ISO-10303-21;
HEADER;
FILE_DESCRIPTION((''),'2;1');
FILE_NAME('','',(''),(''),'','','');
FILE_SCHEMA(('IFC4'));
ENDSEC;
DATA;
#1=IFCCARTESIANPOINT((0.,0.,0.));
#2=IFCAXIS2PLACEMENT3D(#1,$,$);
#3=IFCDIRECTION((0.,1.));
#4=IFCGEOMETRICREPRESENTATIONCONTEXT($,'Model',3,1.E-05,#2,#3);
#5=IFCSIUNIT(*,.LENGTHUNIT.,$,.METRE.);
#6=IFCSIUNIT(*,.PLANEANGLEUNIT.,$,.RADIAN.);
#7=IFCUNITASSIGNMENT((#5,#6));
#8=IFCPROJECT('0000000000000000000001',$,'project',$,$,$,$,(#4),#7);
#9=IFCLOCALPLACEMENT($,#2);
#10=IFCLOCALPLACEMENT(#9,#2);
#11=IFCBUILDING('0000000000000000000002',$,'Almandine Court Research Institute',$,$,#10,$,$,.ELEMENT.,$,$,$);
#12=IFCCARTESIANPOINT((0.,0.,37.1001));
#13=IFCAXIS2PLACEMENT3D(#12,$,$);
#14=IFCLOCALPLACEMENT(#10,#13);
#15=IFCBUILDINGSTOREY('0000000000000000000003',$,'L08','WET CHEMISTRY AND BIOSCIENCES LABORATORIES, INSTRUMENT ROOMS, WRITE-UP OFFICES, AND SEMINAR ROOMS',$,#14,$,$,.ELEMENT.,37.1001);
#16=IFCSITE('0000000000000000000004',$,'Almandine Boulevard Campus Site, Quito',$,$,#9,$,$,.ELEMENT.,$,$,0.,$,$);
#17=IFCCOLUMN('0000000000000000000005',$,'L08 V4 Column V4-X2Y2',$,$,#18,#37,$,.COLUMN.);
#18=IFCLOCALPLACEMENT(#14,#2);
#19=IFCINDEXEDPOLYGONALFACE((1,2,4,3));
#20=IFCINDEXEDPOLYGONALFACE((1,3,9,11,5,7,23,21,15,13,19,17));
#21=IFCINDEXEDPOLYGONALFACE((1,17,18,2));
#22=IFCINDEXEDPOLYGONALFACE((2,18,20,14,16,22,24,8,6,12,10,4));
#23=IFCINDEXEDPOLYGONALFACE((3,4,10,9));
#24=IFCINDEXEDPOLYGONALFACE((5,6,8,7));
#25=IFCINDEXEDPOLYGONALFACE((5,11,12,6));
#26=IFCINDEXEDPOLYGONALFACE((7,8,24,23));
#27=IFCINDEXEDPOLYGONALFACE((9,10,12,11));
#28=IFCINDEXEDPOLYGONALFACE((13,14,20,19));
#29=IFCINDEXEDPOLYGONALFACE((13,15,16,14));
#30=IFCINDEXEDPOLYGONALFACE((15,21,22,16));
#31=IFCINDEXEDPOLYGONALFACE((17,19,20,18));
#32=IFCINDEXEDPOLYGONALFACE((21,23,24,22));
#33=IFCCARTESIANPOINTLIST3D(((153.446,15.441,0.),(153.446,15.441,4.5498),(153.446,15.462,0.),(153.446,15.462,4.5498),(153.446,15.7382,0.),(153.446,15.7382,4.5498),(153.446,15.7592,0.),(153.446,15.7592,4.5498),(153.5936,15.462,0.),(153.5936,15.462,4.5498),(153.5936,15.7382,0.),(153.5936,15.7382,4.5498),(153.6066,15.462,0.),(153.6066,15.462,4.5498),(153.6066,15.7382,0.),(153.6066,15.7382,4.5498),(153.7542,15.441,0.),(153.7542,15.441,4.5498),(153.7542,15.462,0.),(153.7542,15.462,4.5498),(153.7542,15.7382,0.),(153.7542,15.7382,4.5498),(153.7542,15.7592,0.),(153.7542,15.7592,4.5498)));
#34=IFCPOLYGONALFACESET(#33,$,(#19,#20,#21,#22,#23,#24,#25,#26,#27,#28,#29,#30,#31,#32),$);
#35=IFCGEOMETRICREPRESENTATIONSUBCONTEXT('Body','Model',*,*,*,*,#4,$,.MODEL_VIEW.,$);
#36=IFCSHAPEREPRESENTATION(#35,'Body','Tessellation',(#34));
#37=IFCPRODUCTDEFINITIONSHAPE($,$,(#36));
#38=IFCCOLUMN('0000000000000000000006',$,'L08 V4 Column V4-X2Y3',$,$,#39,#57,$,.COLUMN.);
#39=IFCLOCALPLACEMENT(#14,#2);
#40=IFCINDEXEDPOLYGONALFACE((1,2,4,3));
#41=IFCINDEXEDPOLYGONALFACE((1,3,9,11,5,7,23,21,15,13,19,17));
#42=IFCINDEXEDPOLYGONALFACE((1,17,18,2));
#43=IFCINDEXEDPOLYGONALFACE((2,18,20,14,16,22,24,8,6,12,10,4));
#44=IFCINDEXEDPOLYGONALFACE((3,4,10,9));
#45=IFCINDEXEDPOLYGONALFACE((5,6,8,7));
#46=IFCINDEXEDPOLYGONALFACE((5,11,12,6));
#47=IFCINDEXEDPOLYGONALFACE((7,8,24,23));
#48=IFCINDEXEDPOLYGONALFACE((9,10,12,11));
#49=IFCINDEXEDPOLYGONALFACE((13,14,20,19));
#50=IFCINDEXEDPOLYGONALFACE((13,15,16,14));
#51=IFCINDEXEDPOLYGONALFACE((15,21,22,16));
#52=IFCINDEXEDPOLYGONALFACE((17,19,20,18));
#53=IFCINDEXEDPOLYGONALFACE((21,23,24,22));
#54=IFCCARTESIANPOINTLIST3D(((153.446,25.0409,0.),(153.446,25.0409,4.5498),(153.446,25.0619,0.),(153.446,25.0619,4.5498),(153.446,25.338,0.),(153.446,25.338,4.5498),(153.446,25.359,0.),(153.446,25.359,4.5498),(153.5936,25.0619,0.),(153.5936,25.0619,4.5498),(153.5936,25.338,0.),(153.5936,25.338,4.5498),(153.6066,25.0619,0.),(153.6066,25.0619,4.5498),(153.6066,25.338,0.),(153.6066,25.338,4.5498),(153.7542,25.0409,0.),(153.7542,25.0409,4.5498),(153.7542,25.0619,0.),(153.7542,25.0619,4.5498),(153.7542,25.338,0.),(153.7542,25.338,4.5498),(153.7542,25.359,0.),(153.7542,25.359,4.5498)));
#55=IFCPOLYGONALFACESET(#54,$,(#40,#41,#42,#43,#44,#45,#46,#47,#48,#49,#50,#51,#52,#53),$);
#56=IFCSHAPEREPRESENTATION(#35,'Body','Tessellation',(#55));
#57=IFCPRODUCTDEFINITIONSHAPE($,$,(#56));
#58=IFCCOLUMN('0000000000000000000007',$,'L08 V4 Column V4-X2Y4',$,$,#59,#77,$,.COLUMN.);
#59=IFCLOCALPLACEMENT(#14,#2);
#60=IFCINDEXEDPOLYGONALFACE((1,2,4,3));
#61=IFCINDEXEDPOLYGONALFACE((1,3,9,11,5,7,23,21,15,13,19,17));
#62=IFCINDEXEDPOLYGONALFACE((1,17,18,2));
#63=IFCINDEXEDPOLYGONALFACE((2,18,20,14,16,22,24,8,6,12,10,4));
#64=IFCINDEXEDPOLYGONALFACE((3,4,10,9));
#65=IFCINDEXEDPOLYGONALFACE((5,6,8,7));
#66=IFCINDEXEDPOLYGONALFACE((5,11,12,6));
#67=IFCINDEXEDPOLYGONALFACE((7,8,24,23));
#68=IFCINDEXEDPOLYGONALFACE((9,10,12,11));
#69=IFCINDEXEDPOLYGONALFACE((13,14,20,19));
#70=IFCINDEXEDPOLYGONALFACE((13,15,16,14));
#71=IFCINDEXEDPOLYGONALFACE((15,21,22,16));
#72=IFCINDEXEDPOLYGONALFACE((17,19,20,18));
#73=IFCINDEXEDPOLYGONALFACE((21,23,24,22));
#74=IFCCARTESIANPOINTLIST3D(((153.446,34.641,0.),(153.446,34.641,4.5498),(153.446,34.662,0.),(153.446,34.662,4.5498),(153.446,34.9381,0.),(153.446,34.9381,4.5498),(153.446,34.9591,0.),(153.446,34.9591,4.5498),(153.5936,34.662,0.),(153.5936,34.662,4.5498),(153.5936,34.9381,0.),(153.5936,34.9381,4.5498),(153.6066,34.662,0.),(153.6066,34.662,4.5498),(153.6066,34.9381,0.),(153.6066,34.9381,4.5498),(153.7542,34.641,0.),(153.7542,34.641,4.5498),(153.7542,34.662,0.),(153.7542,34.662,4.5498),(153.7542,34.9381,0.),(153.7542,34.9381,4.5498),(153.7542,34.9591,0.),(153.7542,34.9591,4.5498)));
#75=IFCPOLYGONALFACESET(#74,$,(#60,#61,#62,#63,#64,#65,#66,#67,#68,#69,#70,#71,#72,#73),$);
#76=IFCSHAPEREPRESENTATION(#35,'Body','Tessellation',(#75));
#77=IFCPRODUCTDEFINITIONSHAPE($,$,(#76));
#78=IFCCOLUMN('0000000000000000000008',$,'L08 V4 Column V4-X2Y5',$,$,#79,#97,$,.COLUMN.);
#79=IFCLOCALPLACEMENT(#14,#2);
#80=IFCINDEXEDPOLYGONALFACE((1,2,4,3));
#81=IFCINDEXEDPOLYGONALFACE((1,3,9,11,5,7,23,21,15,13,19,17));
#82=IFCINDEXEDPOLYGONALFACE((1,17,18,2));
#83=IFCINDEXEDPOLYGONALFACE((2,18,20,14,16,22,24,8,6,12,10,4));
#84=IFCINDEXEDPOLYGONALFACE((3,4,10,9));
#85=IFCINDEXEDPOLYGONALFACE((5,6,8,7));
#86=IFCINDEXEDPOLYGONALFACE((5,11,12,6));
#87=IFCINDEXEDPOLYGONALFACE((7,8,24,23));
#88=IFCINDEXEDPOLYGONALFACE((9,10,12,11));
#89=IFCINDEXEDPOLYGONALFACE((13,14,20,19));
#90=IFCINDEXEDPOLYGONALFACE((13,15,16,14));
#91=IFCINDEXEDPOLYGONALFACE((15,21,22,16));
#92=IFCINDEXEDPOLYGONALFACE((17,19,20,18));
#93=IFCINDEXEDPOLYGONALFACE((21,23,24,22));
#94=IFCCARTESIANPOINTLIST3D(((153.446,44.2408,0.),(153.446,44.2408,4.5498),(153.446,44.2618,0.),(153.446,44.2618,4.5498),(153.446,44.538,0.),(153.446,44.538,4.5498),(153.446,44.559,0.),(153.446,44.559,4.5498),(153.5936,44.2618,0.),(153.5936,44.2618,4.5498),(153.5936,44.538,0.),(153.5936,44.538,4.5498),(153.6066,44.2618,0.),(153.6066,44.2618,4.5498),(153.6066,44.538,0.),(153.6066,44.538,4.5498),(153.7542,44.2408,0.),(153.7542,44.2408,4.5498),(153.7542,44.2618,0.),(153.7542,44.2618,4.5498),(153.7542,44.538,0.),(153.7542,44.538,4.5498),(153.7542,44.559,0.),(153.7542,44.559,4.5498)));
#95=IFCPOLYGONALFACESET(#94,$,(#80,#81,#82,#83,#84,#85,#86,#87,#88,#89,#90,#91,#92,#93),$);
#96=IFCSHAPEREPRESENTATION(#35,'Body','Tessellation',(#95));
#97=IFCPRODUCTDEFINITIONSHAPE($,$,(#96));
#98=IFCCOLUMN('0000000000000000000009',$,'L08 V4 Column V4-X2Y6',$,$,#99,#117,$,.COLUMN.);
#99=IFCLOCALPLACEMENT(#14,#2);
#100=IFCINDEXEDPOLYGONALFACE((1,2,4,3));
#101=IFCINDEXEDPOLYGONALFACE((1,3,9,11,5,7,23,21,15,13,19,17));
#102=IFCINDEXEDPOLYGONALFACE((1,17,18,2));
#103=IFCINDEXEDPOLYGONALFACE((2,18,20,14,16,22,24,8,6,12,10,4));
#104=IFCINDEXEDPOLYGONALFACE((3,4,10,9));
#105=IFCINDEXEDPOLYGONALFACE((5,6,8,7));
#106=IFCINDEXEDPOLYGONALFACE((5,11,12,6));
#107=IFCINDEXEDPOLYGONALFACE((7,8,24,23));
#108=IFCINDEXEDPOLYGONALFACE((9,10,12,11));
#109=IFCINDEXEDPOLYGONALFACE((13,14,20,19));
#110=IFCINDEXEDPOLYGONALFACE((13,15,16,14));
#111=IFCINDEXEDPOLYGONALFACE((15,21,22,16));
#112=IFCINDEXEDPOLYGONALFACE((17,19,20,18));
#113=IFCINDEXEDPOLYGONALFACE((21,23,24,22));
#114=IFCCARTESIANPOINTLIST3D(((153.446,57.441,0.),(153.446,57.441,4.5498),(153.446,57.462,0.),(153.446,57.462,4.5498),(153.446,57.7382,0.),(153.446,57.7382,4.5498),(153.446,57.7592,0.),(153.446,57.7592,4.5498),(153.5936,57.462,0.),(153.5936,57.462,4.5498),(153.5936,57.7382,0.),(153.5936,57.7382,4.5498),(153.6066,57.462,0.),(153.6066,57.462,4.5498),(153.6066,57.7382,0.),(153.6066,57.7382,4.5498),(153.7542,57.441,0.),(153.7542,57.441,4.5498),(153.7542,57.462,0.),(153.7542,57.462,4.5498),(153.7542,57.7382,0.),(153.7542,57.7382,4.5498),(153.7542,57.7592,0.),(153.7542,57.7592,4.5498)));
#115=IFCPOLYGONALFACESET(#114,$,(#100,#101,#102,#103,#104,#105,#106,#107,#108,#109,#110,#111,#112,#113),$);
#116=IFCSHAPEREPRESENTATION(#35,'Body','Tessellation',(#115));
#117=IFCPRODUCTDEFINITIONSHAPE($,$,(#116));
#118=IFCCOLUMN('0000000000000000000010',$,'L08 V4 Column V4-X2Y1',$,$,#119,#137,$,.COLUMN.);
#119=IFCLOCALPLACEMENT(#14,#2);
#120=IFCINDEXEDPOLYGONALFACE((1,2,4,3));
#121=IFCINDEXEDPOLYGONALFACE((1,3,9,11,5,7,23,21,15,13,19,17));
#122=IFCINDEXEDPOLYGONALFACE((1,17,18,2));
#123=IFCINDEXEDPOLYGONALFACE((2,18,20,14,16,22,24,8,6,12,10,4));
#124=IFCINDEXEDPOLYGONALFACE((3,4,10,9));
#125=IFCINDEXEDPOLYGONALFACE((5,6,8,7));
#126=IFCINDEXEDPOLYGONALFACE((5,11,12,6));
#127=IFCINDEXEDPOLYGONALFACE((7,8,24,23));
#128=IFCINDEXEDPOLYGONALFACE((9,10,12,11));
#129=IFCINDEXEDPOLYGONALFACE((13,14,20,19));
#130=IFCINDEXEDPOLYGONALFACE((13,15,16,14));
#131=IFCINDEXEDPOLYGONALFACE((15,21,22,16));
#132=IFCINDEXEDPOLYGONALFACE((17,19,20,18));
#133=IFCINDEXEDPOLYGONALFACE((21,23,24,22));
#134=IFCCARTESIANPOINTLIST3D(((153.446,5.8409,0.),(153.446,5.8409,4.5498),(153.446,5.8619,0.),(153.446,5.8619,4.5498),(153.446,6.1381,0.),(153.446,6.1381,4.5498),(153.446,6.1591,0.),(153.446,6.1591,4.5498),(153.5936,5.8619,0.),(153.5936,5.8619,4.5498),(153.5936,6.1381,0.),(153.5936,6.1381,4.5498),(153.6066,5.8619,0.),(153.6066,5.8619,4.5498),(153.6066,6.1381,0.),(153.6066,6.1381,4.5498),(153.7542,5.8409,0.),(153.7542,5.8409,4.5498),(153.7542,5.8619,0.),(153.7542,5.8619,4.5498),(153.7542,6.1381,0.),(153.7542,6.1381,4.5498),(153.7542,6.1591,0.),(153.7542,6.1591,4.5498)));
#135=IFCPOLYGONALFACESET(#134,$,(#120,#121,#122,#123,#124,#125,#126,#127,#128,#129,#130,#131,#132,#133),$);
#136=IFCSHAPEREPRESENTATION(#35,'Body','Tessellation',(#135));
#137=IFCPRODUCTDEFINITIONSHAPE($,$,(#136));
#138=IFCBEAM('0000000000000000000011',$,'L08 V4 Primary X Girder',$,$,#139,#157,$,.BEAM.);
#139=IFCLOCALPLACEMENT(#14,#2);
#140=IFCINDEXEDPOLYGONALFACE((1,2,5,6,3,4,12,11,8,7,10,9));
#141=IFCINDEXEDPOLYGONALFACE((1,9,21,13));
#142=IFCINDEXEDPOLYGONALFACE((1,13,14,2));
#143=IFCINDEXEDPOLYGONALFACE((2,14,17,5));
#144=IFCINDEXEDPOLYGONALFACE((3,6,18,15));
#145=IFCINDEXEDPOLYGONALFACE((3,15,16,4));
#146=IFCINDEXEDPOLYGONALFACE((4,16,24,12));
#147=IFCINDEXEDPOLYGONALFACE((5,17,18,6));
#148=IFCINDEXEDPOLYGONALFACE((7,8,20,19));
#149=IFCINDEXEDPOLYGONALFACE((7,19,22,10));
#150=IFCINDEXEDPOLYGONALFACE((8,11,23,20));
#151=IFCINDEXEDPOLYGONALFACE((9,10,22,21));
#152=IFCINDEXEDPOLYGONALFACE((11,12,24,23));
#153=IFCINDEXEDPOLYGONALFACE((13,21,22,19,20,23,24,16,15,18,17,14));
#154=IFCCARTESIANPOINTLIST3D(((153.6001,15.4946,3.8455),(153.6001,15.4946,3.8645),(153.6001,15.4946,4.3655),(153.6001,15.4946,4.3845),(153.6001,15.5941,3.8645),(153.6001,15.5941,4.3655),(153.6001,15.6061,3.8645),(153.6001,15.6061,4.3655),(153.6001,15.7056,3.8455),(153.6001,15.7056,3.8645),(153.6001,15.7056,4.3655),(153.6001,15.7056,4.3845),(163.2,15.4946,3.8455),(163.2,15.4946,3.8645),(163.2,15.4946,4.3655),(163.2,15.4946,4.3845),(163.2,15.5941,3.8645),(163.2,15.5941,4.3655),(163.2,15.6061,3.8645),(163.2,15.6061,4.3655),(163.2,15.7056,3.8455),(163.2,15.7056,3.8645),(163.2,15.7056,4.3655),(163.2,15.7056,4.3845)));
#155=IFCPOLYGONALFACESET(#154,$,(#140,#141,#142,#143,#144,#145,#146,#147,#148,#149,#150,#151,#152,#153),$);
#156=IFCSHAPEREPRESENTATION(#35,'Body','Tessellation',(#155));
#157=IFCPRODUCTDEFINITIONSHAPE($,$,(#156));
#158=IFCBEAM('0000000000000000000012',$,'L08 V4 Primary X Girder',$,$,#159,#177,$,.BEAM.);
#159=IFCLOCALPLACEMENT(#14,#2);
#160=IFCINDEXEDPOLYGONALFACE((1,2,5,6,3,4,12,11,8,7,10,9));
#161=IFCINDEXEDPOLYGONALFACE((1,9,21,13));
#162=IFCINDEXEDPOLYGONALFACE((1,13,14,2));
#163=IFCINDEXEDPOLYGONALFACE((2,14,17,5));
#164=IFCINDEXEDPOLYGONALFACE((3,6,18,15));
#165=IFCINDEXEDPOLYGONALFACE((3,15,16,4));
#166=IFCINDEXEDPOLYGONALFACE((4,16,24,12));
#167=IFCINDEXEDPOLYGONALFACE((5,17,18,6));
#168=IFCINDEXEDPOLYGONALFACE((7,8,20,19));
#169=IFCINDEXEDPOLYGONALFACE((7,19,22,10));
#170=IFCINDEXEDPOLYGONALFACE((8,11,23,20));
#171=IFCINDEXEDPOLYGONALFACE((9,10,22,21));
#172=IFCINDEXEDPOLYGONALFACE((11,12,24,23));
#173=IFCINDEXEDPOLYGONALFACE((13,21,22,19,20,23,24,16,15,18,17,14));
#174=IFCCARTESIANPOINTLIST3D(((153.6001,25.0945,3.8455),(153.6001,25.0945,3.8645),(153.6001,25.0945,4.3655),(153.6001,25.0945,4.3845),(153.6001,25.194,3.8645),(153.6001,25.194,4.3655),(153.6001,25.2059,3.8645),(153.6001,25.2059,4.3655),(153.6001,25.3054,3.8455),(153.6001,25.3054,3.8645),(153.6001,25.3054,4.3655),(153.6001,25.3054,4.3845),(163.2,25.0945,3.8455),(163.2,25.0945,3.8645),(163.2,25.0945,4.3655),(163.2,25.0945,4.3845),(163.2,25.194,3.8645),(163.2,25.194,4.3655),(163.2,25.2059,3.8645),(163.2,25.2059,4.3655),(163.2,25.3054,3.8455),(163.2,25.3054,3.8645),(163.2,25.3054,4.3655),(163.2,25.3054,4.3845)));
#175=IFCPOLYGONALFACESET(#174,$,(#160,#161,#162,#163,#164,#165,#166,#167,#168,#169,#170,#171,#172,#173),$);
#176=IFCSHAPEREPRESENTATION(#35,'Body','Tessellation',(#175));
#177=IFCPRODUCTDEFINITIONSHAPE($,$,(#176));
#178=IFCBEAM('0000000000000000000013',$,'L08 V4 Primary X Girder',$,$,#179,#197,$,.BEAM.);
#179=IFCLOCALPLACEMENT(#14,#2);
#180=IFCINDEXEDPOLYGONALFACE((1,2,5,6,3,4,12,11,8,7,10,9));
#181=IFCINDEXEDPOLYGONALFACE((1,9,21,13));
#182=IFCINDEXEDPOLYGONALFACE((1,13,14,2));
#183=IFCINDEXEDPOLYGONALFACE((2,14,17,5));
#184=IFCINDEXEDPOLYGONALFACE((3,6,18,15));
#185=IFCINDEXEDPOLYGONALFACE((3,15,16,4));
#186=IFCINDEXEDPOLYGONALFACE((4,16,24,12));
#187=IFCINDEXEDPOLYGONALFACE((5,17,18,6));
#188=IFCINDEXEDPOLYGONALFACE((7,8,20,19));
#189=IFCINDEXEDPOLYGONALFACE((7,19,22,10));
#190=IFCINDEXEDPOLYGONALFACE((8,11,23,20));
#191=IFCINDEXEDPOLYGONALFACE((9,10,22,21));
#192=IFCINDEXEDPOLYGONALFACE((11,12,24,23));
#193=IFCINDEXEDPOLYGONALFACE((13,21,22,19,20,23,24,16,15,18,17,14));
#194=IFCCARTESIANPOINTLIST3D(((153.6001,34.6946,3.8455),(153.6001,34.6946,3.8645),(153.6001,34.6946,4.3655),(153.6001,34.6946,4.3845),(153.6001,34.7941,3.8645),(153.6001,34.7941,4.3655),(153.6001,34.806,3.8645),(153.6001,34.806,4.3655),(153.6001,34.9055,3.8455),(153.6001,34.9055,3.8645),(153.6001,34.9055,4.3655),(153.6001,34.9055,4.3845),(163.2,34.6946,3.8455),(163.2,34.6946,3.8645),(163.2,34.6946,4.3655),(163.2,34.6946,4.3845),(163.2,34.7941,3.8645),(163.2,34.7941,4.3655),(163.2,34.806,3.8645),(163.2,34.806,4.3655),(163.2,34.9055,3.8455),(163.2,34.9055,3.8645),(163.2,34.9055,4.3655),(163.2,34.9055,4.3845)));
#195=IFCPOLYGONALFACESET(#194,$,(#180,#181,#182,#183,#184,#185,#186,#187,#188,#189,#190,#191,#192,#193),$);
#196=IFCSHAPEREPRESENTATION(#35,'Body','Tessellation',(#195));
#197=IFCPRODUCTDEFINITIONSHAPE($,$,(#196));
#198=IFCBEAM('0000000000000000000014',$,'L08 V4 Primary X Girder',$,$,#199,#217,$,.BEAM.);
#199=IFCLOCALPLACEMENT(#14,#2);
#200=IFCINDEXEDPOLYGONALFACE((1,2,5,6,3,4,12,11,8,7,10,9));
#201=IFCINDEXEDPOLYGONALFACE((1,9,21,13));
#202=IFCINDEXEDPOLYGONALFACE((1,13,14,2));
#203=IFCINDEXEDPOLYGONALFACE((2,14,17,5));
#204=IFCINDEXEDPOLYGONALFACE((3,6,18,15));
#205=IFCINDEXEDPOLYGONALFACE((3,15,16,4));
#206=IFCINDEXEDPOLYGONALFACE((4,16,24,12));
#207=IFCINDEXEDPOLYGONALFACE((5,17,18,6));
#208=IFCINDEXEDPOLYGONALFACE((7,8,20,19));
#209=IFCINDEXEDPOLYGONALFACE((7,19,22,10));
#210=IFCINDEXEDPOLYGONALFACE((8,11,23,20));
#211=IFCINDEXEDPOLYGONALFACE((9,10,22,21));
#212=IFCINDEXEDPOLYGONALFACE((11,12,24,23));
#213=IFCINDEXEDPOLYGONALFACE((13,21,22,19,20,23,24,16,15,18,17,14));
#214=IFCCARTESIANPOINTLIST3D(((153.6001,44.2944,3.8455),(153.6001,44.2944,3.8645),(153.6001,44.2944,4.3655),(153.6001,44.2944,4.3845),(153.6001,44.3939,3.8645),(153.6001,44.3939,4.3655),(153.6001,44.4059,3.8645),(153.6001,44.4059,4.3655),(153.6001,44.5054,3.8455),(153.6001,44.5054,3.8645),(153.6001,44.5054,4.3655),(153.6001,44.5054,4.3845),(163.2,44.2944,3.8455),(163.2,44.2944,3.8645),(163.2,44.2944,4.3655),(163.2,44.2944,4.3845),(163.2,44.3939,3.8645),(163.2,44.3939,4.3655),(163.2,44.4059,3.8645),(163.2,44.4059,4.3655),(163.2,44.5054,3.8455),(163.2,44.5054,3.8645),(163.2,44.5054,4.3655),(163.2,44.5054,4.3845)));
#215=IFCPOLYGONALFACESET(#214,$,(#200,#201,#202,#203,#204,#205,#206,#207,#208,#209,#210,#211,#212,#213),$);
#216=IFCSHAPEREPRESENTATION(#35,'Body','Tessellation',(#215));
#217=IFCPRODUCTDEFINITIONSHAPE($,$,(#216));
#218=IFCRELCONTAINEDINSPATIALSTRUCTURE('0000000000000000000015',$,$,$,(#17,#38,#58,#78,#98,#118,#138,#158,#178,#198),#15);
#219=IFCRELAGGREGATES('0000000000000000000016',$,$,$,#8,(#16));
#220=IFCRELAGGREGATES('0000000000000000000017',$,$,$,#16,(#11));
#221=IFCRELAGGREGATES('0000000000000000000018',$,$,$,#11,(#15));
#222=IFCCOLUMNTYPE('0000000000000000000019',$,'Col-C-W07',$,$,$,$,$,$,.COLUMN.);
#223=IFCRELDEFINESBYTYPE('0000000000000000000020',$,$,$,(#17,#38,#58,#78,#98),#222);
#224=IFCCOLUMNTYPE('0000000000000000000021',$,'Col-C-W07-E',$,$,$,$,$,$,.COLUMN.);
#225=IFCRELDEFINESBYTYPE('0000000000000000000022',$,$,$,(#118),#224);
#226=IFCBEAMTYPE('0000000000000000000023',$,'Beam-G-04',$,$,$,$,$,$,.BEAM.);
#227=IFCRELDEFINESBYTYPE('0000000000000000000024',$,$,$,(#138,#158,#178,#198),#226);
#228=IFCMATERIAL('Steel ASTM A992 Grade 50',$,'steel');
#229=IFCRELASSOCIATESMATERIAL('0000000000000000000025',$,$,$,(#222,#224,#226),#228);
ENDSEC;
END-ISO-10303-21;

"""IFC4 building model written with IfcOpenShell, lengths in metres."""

from ifc_helpers import new_model, si_unit, direction, frame, origin, origin_2d, place, context, subcontext, project, spatial, i_section, extrude, material, material_profile, profile_set, type_object, element, save


model = new_model("IFC4")

# Units and contexts
model_context = context("Model", 3, precision=1e-05, world=origin(), true_north=direction((0.0, 1.0)))
body_context = subcontext(model_context, "Body", "Model", "MODEL_VIEW")
ifc_project = project(units=[si_unit("LENGTHUNIT", "METRE"), si_unit("PLANEANGLEUNIT", "RADIAN")], contexts=[model_context])

# Site, building, storey
site_placement = place(None, origin())
site = spatial("IfcSite", under=ifc_project, at=site_placement, Name="Almandine Boulevard Campus Site, Quito", CompositionType="ELEMENT", RefElevation=0.0)
building_placement = place(site_placement, origin())
building = spatial("IfcBuilding", under=site, at=building_placement, Name="Almandine Court Research Institute", CompositionType="ELEMENT")
storey_placement = place(building_placement, frame((0.0, 0.0, 37.1001)))
storey = spatial("IfcBuildingStorey", under=building, at=storey_placement, Name="L08", Description="WET CHEMISTRY AND BIOSCIENCES LABORATORIES, INSTRUMENT ROOMS, WRITE-UP OFFICES, AND SEMINAR ROOMS", CompositionType="ELEMENT", Elevation=37.1001)

# Columns
ifc_material_1 = material(Name="Steel ASTM A992 Grade 50", Category="steel")
ifc_material_profile_1 = material_profile(ifc_material_1, i_section(OverallWidth=0.3081, OverallDepth=0.3181, WebThickness=0.0129, FlangeThickness=0.021, at=origin_2d()), Name="W310x129")
ifc_profile_set_1 = profile_set([ifc_material_profile_1], Name="Steel ASTM A992 Grade 50")
column_type_1 = type_object("IfcColumnType", Name="Col-C-W07", PredefinedType="COLUMN", material=ifc_profile_set_1)
for number, where, z_axis, x_axis, name in (
    (1, (153.6001, 15.6001, 0.0), (0.0, 0.0, 1.0), (1.0, 0.0, 0.0), "L08 V4 Column V4-X2Y2"),
    (2, (153.6001, 25.2, 0.0), (0.0, 0.0, 1.0), (1.0, 0.0, 0.0), "L08 V4 Column V4-X2Y3"),
    (3, (153.6001, 34.8, 0.0), (0.0, 0.0, 1.0), (1.0, 0.0, 0.0), "L08 V4 Column V4-X2Y4"),
    (4, (153.6001, 44.3999, 0.0), (0.0, 0.0, 1.0), (1.0, 0.0, 0.0), "L08 V4 Column V4-X2Y5"),
    (5, (153.6001, 57.6001, 0.0), (0.0, 0.0, 1.0), (1.0, 0.0, 0.0), "L08 V4 Column V4-X2Y6"),
):
    element("IfcColumn", number, at=place(storey_placement, frame(where, z_axis=z_axis, x_axis=x_axis)), inside=storey, type_object=column_type_1, Name=name, PredefinedType="COLUMN", context=body_context, shape_type="SweptSolid", body=[
        extrude(i_section(OverallWidth=0.3081, OverallDepth=0.3181, WebThickness=0.0129, FlangeThickness=0.021, at=origin_2d()), origin(), (0.0, 0.0, 1.0), 4.5498),
    ])
ifc_material_profile_2 = material_profile(ifc_material_1, i_section(OverallWidth=0.3081, OverallDepth=0.3181, WebThickness=0.0129, FlangeThickness=0.021, at=origin_2d()), Name="W310x129")
ifc_profile_set_2 = profile_set([ifc_material_profile_2], Name="Steel ASTM A992 Grade 50")
column_type_2 = type_object("IfcColumnType", Name="Col-C-W07-E", PredefinedType="COLUMN", material=ifc_profile_set_2)
column_placement = place(storey_placement, frame((153.6001, 6.0, 0.0), z_axis=(0.0, 0.0, 1.0), x_axis=(1.0, 0.0, 0.0)))
element("IfcColumn", 6, at=column_placement, inside=storey, type_object=column_type_2, Name="L08 V4 Column V4-X2Y1", PredefinedType="COLUMN", context=body_context, shape_type="SweptSolid", body=[
    extrude(i_section(OverallWidth=0.3081, OverallDepth=0.3181, WebThickness=0.0129, FlangeThickness=0.021, at=origin_2d()), origin(), (0.0, 0.0, 1.0), 4.5498),
])

# Beams
ifc_material_profile_3 = material_profile(ifc_material_1, i_section(OverallWidth=0.2109, OverallDepth=0.5391, WebThickness=0.012, FlangeThickness=0.019, at=origin_2d()), Name="W530x109")
ifc_profile_set_3 = profile_set([ifc_material_profile_3], Name="Steel ASTM A992 Grade 50")
beam_type_1 = type_object("IfcBeamType", Name="Beam-G-04", PredefinedType="BEAM", material=ifc_profile_set_3)
for number, where, z_axis, x_axis, name in (
    (7, (153.6001, 15.6001, 4.115), (1.0, 0.0, 0.0), (0.0, 1.0, 0.0), "L08 V4 Primary X Girder"),
    (8, (153.6001, 25.2, 4.115), (1.0, 0.0, 0.0), (0.0, 1.0, 0.0), "L08 V4 Primary X Girder"),
    (9, (153.6001, 34.8, 4.115), (1.0, 0.0, 0.0), (0.0, 1.0, 0.0), "L08 V4 Primary X Girder"),
    (10, (153.6001, 44.3999, 4.115), (1.0, 0.0, 0.0), (0.0, 1.0, 0.0), "L08 V4 Primary X Girder"),
):
    element("IfcBeam", number, at=place(storey_placement, frame(where, z_axis=z_axis, x_axis=x_axis)), inside=storey, type_object=beam_type_1, Name=name, PredefinedType="BEAM", context=body_context, shape_type="SweptSolid", body=[
        extrude(i_section(OverallWidth=0.2109, OverallDepth=0.5391, WebThickness=0.012, FlangeThickness=0.019, at=origin_2d()), origin(), (0.0, 0.0, 1.0), 9.5999),
    ])

save(model, "model.ifc")
